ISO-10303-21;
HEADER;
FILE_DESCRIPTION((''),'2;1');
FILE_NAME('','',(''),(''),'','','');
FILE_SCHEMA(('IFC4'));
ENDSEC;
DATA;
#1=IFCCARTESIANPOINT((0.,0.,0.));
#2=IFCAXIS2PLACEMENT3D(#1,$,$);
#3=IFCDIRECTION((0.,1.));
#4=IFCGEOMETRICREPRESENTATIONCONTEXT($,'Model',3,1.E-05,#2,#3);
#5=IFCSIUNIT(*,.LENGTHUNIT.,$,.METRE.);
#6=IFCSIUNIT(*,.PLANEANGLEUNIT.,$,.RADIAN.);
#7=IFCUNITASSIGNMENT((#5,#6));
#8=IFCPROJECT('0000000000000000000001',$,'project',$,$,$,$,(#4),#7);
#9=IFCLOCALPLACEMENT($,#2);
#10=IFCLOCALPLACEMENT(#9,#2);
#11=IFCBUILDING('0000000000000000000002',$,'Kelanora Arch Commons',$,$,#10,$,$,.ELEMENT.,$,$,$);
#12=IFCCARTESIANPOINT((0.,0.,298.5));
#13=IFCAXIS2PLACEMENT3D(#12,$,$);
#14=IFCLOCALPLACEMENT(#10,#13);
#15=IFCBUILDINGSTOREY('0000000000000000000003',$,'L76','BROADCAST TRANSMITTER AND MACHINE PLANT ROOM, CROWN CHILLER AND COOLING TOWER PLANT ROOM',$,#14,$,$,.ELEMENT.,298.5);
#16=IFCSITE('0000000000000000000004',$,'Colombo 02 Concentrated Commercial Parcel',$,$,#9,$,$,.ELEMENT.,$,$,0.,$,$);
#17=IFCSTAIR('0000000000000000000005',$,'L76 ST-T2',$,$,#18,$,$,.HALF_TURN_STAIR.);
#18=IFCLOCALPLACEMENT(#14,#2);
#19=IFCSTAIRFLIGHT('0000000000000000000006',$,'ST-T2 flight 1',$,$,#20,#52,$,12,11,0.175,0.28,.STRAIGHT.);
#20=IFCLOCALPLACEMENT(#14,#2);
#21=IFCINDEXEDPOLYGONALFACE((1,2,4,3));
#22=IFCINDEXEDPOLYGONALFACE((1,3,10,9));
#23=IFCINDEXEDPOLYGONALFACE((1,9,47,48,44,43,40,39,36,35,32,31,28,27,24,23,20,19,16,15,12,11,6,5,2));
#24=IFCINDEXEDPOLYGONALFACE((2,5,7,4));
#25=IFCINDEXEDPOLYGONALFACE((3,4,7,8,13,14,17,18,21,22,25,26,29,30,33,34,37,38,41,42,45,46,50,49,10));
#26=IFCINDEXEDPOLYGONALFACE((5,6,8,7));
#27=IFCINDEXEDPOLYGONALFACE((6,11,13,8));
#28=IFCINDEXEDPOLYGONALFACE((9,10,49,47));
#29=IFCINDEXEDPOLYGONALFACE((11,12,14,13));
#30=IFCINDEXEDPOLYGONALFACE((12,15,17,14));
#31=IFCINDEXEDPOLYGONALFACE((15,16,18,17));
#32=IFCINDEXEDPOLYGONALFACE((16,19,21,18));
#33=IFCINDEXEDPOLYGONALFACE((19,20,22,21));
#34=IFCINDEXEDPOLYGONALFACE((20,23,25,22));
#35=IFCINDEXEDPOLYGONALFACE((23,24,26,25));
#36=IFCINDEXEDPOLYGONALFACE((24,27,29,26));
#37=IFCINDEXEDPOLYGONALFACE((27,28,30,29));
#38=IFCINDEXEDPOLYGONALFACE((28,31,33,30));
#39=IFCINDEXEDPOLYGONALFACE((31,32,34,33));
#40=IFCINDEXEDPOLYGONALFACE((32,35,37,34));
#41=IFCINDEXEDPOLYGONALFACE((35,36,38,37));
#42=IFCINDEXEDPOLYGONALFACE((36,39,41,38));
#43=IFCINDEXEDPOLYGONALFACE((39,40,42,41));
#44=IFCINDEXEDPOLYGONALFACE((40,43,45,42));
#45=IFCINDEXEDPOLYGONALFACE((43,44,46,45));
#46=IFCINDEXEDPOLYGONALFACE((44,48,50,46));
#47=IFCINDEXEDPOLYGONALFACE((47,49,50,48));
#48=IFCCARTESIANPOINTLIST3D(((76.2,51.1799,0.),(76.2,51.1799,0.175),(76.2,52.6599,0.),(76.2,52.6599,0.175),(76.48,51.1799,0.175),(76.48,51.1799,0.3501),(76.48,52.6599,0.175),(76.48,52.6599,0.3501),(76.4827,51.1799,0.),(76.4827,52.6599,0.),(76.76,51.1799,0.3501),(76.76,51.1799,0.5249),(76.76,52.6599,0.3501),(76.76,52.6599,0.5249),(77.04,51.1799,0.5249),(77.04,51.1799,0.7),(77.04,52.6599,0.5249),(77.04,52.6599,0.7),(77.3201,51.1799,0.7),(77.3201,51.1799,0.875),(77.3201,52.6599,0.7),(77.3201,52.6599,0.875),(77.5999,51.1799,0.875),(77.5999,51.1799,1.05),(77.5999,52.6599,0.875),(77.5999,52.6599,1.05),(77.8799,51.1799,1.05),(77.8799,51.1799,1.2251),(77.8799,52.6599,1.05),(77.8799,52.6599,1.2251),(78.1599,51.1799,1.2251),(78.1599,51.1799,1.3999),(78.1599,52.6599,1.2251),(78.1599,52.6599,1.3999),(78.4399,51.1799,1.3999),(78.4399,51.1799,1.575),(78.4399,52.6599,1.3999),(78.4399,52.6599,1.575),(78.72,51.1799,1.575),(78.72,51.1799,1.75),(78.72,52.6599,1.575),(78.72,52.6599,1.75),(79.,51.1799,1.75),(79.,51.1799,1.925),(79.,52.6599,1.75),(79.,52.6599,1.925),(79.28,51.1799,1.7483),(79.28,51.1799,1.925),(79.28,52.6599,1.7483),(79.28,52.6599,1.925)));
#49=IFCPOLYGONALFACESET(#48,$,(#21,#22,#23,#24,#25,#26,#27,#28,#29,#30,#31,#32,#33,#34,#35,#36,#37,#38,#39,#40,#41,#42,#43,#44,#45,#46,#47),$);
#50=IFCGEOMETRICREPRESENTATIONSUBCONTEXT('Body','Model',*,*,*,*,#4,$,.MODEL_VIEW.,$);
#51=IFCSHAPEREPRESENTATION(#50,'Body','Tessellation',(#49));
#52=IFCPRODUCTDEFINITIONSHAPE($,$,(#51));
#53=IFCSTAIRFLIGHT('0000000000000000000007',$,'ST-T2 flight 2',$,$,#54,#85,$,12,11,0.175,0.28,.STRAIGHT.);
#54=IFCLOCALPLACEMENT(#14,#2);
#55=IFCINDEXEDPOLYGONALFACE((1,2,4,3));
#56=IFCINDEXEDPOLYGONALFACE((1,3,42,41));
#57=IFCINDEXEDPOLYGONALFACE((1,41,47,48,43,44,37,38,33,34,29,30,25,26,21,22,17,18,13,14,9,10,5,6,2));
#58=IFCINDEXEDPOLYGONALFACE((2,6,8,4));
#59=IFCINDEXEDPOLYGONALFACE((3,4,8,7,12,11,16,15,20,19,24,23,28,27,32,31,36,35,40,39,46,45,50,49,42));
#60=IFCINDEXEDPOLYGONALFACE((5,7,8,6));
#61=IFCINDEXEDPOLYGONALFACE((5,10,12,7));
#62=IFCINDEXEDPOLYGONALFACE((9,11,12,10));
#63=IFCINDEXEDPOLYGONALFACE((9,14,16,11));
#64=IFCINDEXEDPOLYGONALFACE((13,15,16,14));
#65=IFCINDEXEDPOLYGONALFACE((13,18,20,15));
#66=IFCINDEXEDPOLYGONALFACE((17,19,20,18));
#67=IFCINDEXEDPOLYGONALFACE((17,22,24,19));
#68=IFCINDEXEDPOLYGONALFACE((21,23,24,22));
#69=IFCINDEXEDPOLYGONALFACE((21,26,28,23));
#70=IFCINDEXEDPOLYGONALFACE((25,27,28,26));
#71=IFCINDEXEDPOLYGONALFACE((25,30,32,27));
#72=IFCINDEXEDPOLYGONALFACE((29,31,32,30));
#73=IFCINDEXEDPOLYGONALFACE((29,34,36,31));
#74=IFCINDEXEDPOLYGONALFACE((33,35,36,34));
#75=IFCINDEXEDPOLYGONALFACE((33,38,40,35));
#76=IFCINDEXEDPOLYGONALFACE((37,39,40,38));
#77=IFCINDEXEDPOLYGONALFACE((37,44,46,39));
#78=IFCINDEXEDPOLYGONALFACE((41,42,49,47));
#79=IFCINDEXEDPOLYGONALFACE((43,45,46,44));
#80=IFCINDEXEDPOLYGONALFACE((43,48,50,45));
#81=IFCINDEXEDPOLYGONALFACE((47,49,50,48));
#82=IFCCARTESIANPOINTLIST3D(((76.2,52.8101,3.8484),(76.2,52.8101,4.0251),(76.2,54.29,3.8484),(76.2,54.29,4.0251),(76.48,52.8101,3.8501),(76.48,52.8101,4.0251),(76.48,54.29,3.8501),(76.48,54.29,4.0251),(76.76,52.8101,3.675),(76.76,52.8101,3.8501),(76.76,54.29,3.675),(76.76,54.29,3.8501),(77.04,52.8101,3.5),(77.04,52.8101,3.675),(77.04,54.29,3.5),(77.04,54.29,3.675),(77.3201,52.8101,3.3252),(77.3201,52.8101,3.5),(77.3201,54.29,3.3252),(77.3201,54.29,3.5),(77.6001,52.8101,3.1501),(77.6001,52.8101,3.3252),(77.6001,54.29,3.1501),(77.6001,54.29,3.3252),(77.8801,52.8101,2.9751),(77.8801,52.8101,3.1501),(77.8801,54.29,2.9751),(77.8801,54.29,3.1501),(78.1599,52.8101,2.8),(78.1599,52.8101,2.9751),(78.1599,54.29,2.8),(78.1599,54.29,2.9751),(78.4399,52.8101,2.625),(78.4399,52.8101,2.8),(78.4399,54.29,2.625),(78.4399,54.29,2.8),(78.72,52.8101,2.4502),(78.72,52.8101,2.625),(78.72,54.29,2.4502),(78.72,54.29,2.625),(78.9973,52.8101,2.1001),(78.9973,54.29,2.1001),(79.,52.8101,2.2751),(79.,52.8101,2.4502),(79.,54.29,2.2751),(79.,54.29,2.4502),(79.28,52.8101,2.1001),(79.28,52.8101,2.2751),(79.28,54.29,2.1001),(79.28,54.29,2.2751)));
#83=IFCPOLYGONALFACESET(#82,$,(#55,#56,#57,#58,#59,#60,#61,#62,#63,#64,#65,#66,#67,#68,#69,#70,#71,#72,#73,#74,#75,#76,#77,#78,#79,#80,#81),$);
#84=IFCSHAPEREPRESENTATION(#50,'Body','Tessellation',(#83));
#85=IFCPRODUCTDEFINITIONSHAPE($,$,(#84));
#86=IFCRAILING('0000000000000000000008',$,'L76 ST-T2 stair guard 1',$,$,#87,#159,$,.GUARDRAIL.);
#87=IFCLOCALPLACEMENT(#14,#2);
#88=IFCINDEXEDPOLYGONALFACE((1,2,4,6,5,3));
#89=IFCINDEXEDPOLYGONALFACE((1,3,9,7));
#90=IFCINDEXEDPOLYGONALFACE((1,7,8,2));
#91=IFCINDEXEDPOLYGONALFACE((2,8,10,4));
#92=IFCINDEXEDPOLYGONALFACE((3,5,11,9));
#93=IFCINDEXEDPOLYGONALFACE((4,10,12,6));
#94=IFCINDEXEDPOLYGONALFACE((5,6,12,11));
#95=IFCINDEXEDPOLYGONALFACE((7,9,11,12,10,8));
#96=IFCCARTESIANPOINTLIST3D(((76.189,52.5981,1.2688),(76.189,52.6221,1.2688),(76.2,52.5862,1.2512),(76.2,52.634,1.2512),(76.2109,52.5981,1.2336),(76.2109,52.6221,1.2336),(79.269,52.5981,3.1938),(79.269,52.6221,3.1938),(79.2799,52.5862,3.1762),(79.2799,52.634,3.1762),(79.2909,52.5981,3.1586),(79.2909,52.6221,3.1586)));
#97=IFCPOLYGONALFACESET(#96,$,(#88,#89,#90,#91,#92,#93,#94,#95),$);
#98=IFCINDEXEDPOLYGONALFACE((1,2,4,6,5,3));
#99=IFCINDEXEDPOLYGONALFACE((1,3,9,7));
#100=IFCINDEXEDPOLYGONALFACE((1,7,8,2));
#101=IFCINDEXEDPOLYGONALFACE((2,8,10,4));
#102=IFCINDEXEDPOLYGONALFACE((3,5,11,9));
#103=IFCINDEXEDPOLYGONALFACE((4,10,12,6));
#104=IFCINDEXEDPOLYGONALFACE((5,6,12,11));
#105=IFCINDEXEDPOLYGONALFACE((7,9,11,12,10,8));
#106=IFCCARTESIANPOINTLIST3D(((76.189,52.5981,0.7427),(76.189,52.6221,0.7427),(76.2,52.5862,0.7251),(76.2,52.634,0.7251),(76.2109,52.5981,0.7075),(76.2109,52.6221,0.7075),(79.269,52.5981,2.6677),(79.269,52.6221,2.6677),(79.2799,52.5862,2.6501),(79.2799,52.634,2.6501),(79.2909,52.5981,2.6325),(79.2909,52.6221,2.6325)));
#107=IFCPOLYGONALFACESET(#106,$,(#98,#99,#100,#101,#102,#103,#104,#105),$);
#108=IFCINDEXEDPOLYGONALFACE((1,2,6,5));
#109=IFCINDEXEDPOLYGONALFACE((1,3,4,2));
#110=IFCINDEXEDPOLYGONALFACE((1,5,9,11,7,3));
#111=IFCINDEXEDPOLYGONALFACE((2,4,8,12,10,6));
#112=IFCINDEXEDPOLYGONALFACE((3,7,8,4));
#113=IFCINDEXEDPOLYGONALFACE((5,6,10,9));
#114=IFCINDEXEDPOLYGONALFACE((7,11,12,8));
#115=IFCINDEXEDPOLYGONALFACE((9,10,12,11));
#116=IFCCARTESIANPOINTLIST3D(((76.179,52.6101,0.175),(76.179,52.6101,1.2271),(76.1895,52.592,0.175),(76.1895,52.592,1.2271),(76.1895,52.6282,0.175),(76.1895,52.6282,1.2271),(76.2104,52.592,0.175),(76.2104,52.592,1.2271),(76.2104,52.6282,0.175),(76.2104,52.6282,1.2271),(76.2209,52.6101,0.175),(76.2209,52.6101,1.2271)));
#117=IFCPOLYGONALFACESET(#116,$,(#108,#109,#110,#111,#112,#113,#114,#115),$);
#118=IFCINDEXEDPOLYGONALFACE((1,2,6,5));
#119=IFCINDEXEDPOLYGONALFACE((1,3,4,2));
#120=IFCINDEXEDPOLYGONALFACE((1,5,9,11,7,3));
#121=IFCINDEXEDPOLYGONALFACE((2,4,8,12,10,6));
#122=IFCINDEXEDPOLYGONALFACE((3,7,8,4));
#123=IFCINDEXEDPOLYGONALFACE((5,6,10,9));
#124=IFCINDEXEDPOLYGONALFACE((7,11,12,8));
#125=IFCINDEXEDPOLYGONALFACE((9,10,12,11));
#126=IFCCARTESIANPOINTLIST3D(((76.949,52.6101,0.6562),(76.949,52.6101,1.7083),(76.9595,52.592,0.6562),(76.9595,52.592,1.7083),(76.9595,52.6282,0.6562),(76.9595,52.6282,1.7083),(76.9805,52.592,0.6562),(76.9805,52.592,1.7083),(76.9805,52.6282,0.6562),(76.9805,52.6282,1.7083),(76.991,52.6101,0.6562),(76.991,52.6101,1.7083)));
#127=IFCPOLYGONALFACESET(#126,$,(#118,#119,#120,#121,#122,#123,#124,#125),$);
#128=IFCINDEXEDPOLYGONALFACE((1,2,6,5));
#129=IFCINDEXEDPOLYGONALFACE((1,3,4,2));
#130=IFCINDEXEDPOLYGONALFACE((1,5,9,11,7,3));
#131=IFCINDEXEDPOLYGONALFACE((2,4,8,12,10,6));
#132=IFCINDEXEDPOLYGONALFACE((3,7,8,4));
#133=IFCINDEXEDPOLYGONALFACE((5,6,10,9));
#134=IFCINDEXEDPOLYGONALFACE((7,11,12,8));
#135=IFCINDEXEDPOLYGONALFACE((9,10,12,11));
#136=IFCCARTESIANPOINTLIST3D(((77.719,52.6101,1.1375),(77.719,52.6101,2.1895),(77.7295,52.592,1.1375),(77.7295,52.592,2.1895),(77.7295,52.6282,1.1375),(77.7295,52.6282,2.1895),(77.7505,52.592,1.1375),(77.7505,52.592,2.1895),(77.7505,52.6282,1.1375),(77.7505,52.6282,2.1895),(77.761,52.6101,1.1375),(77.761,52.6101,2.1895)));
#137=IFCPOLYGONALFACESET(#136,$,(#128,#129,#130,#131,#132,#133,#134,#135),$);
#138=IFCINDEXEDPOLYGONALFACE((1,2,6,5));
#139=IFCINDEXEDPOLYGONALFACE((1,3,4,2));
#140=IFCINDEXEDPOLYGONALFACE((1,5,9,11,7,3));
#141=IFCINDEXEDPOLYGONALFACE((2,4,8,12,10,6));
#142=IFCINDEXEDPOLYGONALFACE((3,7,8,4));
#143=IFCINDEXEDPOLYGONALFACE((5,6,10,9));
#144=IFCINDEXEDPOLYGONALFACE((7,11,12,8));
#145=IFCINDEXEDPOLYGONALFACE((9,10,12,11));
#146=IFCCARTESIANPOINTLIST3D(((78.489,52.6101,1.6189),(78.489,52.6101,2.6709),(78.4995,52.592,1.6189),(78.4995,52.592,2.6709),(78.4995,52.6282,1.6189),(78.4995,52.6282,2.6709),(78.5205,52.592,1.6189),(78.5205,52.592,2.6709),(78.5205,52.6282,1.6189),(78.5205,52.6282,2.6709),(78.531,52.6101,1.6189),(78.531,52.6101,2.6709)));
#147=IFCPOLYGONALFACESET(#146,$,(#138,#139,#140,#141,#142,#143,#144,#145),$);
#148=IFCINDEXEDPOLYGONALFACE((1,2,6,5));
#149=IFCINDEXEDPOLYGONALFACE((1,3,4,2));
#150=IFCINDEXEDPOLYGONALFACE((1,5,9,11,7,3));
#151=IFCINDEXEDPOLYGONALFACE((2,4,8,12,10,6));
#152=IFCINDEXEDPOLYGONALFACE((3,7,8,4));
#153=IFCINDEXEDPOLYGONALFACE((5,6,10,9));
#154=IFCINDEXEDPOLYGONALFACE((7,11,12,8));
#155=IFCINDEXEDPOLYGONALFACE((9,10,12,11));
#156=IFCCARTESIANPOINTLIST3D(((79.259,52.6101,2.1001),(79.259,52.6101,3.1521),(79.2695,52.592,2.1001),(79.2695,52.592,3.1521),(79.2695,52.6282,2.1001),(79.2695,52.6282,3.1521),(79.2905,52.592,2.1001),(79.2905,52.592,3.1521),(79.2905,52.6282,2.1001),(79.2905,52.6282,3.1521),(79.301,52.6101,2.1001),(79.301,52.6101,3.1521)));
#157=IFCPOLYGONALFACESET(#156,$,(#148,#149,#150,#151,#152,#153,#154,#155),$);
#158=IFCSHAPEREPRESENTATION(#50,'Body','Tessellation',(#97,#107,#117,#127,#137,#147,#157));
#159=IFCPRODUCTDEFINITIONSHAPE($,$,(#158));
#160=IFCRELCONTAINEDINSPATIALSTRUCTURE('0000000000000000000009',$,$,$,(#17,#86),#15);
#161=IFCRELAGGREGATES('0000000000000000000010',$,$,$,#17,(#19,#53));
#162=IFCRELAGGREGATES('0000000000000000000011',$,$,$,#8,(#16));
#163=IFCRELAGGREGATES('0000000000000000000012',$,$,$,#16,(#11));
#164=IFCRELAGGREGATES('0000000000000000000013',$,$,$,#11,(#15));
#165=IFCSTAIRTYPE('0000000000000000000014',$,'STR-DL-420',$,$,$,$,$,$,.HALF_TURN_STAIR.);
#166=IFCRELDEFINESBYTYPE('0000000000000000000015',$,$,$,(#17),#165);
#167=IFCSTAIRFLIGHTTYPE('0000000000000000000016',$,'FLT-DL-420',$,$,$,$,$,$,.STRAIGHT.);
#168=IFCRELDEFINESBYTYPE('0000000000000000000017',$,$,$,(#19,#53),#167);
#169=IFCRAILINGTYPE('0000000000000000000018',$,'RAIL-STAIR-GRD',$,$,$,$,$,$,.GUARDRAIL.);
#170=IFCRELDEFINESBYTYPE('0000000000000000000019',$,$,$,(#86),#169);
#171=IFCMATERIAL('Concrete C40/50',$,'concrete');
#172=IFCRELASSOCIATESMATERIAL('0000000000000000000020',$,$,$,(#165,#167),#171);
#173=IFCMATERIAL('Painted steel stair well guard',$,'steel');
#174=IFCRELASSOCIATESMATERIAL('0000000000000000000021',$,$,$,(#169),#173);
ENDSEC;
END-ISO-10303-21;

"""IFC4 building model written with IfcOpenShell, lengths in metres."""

from ifc_helpers import new_model, si_unit, direction, frame, origin, place, context, subcontext, project, spatial, polyline, outline, extrude, material, type_object, element, aggregate, save


model = new_model("IFC4")

# Units and contexts
model_context = context("Model", 3, precision=1e-05, world=origin(), true_north=direction((0.0, 1.0)))
body_context = subcontext(model_context, "Body", "Model", "MODEL_VIEW")
ifc_project = project(units=[si_unit("LENGTHUNIT", "METRE"), si_unit("PLANEANGLEUNIT", "RADIAN")], contexts=[model_context])

# Site, building, storey
site_placement = place(None, origin())
site = spatial("IfcSite", under=ifc_project, at=site_placement, Name="Colombo 02 Concentrated Commercial Parcel", CompositionType="ELEMENT", RefElevation=0.0)
building_placement = place(site_placement, origin())
building = spatial("IfcBuilding", under=site, at=building_placement, Name="Kelanora Arch Commons", CompositionType="ELEMENT")
storey_placement = place(building_placement, frame((0.0, 0.0, 298.5)))
storey = spatial("IfcBuildingStorey", under=building, at=storey_placement, Name="L76", Description="BROADCAST TRANSMITTER AND MACHINE PLANT ROOM, CROWN CHILLER AND COOLING TOWER PLANT ROOM", CompositionType="ELEMENT", Elevation=298.5)

# Shared definitions
ifc_material_1 = material(Name="Concrete C40/50", Category="concrete")

# Stair, stair flights
stair_type = type_object("IfcStairType", Name="STR-DL-420", PredefinedType="HALF_TURN_STAIR", material=ifc_material_1)
stair_placement = place(storey_placement, origin())
stair = element("IfcStair", 1, at=stair_placement, inside=storey, type_object=stair_type, Name="L76 ST-T2", PredefinedType="HALF_TURN_STAIR")
stair_flight_type = type_object("IfcStairFlightType", Name="FLT-DL-420", PredefinedType="STRAIGHT", material=ifc_material_1)
stair_flight_1_placement = place(storey_placement, frame((76.2, 51.9199, 0.0), z_axis=(0.0, 0.0, 1.0), x_axis=(1.0, 0.0, 0.0)))
stair_flight_1 = element("IfcStairFlight", 2, at=stair_flight_1_placement, type_object=stair_flight_type, Name="ST-T2 flight 1", NumberOfRisers=12, NumberOfTreads=11, PredefinedType="STRAIGHT", RiserHeight=0.175, TreadLength=0.28, context=body_context, shape_type="SweptSolid", body=[
    extrude(outline(polyline([(0.0, 0.0), (0.0, 0.175), (0.28, 0.175), (0.28, 0.3501), (0.5601, 0.3501), (0.5601, 0.5249), (0.8401, 0.5249), (0.8401, 0.7), (1.1201, 0.7), (1.1201, 0.875), (1.3999, 0.875), (1.3999, 1.05), (1.6799, 1.05), (1.6799, 1.2251), (1.96, 1.2251), (1.96, 1.3999), (2.24, 1.3999), (2.24, 1.575), (2.52, 1.575), (2.52, 1.75), (2.8, 1.75), (2.8, 1.925), (3.0801, 1.925), (3.0801, 2.1001), (3.0801, 1.7483), (0.2827, 0.0), (0.0, 0.0)])), frame((0.0, 0.74, 0.0), z_axis=(0.0, -1.0, 0.0), x_axis=(1.0, 0.0, 0.0)), (0.0, 0.0, 1.0), 1.48),
])
stair_flight_2_placement = place(storey_placement, frame((79.28, 53.55, 2.1001), z_axis=(0.0, 0.0, 1.0), x_axis=(-1.0, 0.0, 0.0)))
stair_flight_2 = element("IfcStairFlight", 3, at=stair_flight_2_placement, type_object=stair_flight_type, Name="ST-T2 flight 2", NumberOfRisers=12, NumberOfTreads=11, PredefinedType="STRAIGHT", RiserHeight=0.175, TreadLength=0.28, context=body_context, shape_type="SweptSolid", body=[
    extrude(outline(polyline([(0.0, 0.0), (0.0, 0.175), (0.28, 0.175), (0.28, 0.3501), (0.5601, 0.3501), (0.5601, 0.5249), (0.8401, 0.5249), (0.8401, 0.7), (1.1201, 0.7), (1.1201, 0.875), (1.3999, 0.875), (1.3999, 1.05), (1.6799, 1.05), (1.6799, 1.2251), (1.96, 1.2251), (1.96, 1.3999), (2.24, 1.3999), (2.24, 1.575), (2.52, 1.575), (2.52, 1.75), (2.8, 1.75), (2.8, 1.925), (3.0801, 1.925), (3.0801, 2.1001), (3.0801, 1.7483), (0.2827, 0.0), (0.0, 0.0)])), frame((0.0, 0.74, 0.0), z_axis=(0.0, -1.0, 0.0), x_axis=(1.0, 0.0, 0.0)), (0.0, 0.0, 1.0), 1.48),
])
aggregate(stair, [stair_flight_1, stair_flight_2])

# Railing
ifc_material_2 = material(Name="Painted steel stair well guard", Category="steel")
railing_type_1 = type_object("IfcRailingType", Name="RAIL-STAIR-GRD", PredefinedType="GUARDRAIL", material=ifc_material_2)
railing_1_placement = place(storey_placement, frame((76.2, 52.6101, 0.175)))
element("IfcRailing", 4, at=railing_1_placement, inside=storey, type_object=railing_type_1, Name="L76 ST-T2 stair guard 1", PredefinedType="GUARDRAIL", context=body_context, shape_type="SweptSolid", body=[
    extrude(outline(polyline([(0.0239, 0.0), (0.012, 0.0208), (-0.012, 0.0208), (-0.0239, 0.0), (-0.012, -0.0208), (0.012, -0.0208), (0.0239, 0.0)])), frame((0.0, 0.0, 1.0762), z_axis=(0.847998, 0.0, 0.529999), x_axis=(0.0, 1.0, 0.0)), (0.0, 0.0, 1.0), 3.6321),
    extrude(outline(polyline([(0.0239, 0.0), (0.012, 0.0208), (-0.012, 0.0208), (-0.0239, 0.0), (-0.012, -0.0208), (0.012, -0.0208), (0.0239, 0.0)])), frame((0.0, 0.0, 0.55), z_axis=(0.847998, 0.0, 0.529999), x_axis=(0.0, 1.0, 0.0)), (0.0, 0.0, 1.0), 3.6321),
    extrude(outline(polyline([(0.021, 0.0), (0.0105, 0.0181), (-0.0105, 0.0181), (-0.021, 0.0), (-0.0105, -0.0181), (0.0105, -0.0181), (0.021, 0.0)])), origin(), (0.0, 0.0, 1.0), 1.052),
    extrude(outline(polyline([(0.021, 0.0), (0.0105, 0.0181), (-0.0105, 0.0181), (-0.021, 0.0), (-0.0105, -0.0181), (0.0105, -0.0181), (0.021, 0.0)])), frame((0.77, 0.0, 0.4812)), (0.0, 0.0, 1.0), 1.052),
    extrude(outline(polyline([(0.021, 0.0), (0.0105, 0.0181), (-0.0105, 0.0181), (-0.021, 0.0), (-0.0105, -0.0181), (0.0105, -0.0181), (0.021, 0.0)])), frame((1.54, 0.0, 0.9624)), (0.0, 0.0, 1.0), 1.052),
    extrude(outline(polyline([(0.021, 0.0), (0.0105, 0.0181), (-0.0105, 0.0181), (-0.021, 0.0), (-0.0105, -0.0181), (0.0105, -0.0181), (0.021, 0.0)])), frame((2.3101, 0.0, 1.4438)), (0.0, 0.0, 1.0), 1.052),
    extrude(outline(polyline([(0.021, 0.0), (0.0105, 0.0181), (-0.0105, 0.0181), (-0.021, 0.0), (-0.0105, -0.0181), (0.0105, -0.0181), (0.021, 0.0)])), frame((3.0801, 0.0, 1.925)), (0.0, 0.0, 1.0), 1.052),
])

save(model, "model.ifc")
